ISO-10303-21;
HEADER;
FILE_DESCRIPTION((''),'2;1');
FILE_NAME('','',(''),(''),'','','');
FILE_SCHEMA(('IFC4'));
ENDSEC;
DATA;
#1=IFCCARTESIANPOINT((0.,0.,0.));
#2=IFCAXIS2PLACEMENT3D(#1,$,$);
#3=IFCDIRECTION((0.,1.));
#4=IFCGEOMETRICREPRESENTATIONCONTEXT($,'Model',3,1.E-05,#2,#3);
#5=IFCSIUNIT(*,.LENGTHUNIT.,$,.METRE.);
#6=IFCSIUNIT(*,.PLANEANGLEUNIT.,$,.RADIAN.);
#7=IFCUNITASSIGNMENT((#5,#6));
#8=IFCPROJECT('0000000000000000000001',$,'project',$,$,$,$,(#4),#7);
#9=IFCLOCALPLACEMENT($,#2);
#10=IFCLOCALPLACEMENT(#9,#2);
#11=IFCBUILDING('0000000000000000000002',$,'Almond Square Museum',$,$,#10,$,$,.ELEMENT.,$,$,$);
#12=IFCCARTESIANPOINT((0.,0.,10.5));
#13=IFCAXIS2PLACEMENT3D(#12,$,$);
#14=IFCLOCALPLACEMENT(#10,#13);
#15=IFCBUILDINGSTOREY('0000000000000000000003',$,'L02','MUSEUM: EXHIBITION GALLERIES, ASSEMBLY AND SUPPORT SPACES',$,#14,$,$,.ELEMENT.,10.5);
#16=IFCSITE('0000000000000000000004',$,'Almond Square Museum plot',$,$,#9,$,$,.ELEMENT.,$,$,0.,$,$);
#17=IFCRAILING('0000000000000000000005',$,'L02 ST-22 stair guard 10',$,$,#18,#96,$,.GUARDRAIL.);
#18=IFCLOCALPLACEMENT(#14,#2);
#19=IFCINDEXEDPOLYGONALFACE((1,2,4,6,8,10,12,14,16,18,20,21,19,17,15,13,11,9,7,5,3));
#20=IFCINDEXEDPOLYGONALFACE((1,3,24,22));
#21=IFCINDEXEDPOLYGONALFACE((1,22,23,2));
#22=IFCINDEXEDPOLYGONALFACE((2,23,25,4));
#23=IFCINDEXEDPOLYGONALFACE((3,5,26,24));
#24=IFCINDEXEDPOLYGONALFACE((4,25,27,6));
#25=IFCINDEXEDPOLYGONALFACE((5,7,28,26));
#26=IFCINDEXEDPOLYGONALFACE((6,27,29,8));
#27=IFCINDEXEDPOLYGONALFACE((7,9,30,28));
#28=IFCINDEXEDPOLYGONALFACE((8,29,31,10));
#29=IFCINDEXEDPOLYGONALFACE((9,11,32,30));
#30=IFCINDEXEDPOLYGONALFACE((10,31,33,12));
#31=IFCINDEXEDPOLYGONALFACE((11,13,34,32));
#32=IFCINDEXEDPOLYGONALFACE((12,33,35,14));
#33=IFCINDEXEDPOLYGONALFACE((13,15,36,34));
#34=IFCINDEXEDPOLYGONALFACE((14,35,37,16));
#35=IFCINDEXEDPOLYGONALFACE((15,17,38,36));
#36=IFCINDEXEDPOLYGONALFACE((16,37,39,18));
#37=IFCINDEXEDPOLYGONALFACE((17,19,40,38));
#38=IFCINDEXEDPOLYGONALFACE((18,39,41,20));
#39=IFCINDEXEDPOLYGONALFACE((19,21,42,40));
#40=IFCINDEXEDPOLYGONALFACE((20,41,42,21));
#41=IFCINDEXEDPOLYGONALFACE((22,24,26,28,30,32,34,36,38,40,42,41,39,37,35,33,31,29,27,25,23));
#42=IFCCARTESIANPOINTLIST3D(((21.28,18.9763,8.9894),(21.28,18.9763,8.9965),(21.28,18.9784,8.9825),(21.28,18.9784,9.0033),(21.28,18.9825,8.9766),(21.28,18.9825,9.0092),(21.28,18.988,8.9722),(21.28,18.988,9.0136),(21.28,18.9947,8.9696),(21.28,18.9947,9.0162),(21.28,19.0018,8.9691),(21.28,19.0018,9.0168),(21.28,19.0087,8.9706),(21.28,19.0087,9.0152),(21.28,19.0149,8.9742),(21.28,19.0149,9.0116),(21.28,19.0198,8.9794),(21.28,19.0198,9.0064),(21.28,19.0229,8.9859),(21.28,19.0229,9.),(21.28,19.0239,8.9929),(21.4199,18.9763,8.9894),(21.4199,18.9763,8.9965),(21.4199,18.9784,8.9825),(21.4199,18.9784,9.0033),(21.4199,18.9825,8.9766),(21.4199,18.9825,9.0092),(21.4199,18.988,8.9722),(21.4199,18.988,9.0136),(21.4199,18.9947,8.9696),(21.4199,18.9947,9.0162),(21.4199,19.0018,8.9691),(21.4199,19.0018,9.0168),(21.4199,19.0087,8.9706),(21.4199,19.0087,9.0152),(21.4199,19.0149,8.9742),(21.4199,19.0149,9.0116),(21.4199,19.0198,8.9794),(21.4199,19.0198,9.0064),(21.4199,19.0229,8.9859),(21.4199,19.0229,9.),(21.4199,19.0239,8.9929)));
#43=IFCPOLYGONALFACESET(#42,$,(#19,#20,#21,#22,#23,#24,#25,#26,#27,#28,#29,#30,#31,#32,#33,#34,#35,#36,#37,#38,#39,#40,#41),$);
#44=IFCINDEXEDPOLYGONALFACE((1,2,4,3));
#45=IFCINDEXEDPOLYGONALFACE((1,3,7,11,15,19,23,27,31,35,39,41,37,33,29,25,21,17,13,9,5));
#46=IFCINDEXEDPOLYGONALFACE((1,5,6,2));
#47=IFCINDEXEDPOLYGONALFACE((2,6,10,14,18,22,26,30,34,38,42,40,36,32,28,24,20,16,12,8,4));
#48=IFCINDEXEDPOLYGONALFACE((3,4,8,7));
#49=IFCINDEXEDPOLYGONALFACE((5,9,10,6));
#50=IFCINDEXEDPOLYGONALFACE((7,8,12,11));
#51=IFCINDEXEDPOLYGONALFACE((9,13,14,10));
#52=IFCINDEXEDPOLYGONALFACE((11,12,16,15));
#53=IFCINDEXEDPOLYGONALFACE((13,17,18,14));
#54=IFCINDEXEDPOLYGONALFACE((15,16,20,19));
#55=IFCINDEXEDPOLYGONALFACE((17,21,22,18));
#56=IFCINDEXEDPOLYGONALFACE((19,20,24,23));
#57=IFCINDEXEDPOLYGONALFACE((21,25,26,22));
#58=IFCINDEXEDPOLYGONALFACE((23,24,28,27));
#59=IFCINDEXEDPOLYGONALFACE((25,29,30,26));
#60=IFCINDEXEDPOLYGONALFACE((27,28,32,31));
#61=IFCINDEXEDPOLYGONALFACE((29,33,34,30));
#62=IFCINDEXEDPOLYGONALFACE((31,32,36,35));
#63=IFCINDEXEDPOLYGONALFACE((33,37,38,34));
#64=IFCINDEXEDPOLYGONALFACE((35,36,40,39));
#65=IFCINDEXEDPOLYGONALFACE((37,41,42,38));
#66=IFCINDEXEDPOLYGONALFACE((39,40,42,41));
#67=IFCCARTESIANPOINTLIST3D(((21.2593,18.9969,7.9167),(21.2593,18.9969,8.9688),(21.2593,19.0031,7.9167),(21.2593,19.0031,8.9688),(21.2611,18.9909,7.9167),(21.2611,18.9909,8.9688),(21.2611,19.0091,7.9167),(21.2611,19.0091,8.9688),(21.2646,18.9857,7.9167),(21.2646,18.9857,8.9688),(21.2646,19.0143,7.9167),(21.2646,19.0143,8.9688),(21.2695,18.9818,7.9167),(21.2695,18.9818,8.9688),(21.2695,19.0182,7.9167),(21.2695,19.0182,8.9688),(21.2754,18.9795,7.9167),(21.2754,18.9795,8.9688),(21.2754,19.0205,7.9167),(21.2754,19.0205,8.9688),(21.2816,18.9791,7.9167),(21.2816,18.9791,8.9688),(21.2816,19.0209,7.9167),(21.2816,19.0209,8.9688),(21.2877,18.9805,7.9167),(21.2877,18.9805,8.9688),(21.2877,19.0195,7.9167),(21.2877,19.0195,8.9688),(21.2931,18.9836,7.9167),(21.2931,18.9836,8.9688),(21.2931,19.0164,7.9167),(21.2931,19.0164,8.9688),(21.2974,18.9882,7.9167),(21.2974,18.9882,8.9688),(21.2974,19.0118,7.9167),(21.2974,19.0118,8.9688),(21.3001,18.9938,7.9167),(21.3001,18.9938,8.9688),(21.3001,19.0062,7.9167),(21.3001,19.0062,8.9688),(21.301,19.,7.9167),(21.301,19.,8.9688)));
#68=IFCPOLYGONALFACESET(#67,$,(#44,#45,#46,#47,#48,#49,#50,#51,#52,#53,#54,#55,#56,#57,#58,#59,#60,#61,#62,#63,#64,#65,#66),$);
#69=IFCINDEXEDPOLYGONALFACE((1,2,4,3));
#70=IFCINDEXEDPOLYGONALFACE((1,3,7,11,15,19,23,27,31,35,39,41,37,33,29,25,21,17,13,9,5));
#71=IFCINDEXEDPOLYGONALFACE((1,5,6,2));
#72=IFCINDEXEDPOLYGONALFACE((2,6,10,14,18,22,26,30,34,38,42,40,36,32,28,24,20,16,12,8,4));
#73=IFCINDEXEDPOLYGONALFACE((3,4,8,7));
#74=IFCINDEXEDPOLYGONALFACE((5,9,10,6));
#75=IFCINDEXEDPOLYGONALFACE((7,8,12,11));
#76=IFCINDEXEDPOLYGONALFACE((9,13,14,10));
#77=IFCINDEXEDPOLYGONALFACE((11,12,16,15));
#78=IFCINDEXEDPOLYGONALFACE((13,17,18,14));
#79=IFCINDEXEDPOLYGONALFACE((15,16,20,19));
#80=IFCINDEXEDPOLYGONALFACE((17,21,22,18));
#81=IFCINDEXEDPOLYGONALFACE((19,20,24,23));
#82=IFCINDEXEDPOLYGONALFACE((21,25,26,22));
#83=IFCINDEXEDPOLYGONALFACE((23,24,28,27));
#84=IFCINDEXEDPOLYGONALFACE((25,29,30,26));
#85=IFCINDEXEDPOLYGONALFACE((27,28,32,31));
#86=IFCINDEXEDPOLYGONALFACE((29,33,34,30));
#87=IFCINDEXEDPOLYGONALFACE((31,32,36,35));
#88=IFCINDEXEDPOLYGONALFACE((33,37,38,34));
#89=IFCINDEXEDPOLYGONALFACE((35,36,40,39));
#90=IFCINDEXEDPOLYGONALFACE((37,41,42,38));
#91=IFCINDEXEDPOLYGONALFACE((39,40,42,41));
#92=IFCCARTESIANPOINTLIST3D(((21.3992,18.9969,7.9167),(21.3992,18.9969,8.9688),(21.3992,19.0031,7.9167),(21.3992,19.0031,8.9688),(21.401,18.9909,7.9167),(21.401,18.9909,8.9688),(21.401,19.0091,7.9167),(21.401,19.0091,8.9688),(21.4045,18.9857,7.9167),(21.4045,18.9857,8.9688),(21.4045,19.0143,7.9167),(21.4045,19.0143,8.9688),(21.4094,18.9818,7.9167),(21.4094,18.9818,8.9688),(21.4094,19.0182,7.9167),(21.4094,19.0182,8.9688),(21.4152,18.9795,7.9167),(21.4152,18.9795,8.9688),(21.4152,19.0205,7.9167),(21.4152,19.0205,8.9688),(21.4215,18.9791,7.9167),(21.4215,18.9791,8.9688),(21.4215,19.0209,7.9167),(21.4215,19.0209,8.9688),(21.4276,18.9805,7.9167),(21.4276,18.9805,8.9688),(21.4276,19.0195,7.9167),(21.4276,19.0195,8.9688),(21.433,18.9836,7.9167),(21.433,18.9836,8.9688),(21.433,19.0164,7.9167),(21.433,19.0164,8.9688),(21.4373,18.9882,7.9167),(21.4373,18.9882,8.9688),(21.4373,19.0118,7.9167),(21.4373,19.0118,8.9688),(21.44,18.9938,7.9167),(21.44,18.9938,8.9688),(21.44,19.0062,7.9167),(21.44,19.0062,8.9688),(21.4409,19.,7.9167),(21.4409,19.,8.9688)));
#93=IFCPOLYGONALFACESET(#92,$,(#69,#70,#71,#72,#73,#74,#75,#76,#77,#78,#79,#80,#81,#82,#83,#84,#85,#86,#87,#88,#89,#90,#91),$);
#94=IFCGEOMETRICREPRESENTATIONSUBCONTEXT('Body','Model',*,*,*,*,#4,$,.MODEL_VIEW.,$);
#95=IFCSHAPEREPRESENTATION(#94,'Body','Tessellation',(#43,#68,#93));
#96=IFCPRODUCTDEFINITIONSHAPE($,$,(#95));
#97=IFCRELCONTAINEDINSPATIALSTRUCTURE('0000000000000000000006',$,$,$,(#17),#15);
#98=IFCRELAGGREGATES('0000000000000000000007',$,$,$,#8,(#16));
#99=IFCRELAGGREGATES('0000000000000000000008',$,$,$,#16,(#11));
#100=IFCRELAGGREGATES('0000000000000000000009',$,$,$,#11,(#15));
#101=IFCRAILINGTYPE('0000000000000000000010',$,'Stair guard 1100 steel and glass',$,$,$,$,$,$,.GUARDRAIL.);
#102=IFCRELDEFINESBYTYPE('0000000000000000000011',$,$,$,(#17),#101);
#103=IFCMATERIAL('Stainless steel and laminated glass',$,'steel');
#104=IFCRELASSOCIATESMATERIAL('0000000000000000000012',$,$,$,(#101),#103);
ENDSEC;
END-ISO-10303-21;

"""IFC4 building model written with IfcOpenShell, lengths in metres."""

from ifc_helpers import new_model, si_unit, direction, frame, origin, origin_2d, place, context, subcontext, project, spatial, circle, extrude, material, type_object, element, save


model = new_model("IFC4")

# Units and contexts
model_context = context("Model", 3, precision=1e-05, world=origin(), true_north=direction((0.0, 1.0)))
body_context = subcontext(model_context, "Body", "Model", "MODEL_VIEW")
ifc_project = project(units=[si_unit("LENGTHUNIT", "METRE"), si_unit("PLANEANGLEUNIT", "RADIAN")], contexts=[model_context])

# Site, building, storey
site_placement = place(None, origin())
site = spatial("IfcSite", under=ifc_project, at=site_placement, Name="Almond Square Museum plot", CompositionType="ELEMENT", RefElevation=0.0)
building_placement = place(site_placement, origin())
building = spatial("IfcBuilding", under=site, at=building_placement, Name="Almond Square Museum", CompositionType="ELEMENT")
storey_placement = place(building_placement, frame((0.0, 0.0, 10.5)))
storey = spatial("IfcBuildingStorey", under=building, at=storey_placement, Name="L02", Description="MUSEUM: EXHIBITION GALLERIES, ASSEMBLY AND SUPPORT SPACES", CompositionType="ELEMENT", Elevation=10.5)

# Railing
ifc_material_1 = material(Name="Stainless steel and laminated glass", Category="steel")
railing_type_1 = type_object("IfcRailingType", Name="Stair guard 1100 steel and glass", PredefinedType="GUARDRAIL", material=ifc_material_1)
railing_1_placement = place(storey_placement, frame((21.28, 19.0, 7.9167)))
element("IfcRailing", 1, at=railing_1_placement, inside=storey, type_object=railing_type_1, Name="L02 ST-22 stair guard 10", PredefinedType="GUARDRAIL", context=body_context, shape_type="SweptSolid", body=[
    extrude(circle(Radius=0.0239, at=origin_2d()), frame((0.0, 0.0, 1.0762), z_axis=(1.0, 0.0, 0.0), x_axis=(0.0, 1.0, 0.0)), (0.0, 0.0, 1.0), 0.1399),
    extrude(circle(Radius=0.021, at=origin_2d()), origin(), (0.0, 0.0, 1.0), 1.052),
    extrude(circle(Radius=0.021, at=origin_2d()), frame((0.1399, 0.0, 0.0)), (0.0, 0.0, 1.0), 1.052),
])

save(model, "model.ifc")
